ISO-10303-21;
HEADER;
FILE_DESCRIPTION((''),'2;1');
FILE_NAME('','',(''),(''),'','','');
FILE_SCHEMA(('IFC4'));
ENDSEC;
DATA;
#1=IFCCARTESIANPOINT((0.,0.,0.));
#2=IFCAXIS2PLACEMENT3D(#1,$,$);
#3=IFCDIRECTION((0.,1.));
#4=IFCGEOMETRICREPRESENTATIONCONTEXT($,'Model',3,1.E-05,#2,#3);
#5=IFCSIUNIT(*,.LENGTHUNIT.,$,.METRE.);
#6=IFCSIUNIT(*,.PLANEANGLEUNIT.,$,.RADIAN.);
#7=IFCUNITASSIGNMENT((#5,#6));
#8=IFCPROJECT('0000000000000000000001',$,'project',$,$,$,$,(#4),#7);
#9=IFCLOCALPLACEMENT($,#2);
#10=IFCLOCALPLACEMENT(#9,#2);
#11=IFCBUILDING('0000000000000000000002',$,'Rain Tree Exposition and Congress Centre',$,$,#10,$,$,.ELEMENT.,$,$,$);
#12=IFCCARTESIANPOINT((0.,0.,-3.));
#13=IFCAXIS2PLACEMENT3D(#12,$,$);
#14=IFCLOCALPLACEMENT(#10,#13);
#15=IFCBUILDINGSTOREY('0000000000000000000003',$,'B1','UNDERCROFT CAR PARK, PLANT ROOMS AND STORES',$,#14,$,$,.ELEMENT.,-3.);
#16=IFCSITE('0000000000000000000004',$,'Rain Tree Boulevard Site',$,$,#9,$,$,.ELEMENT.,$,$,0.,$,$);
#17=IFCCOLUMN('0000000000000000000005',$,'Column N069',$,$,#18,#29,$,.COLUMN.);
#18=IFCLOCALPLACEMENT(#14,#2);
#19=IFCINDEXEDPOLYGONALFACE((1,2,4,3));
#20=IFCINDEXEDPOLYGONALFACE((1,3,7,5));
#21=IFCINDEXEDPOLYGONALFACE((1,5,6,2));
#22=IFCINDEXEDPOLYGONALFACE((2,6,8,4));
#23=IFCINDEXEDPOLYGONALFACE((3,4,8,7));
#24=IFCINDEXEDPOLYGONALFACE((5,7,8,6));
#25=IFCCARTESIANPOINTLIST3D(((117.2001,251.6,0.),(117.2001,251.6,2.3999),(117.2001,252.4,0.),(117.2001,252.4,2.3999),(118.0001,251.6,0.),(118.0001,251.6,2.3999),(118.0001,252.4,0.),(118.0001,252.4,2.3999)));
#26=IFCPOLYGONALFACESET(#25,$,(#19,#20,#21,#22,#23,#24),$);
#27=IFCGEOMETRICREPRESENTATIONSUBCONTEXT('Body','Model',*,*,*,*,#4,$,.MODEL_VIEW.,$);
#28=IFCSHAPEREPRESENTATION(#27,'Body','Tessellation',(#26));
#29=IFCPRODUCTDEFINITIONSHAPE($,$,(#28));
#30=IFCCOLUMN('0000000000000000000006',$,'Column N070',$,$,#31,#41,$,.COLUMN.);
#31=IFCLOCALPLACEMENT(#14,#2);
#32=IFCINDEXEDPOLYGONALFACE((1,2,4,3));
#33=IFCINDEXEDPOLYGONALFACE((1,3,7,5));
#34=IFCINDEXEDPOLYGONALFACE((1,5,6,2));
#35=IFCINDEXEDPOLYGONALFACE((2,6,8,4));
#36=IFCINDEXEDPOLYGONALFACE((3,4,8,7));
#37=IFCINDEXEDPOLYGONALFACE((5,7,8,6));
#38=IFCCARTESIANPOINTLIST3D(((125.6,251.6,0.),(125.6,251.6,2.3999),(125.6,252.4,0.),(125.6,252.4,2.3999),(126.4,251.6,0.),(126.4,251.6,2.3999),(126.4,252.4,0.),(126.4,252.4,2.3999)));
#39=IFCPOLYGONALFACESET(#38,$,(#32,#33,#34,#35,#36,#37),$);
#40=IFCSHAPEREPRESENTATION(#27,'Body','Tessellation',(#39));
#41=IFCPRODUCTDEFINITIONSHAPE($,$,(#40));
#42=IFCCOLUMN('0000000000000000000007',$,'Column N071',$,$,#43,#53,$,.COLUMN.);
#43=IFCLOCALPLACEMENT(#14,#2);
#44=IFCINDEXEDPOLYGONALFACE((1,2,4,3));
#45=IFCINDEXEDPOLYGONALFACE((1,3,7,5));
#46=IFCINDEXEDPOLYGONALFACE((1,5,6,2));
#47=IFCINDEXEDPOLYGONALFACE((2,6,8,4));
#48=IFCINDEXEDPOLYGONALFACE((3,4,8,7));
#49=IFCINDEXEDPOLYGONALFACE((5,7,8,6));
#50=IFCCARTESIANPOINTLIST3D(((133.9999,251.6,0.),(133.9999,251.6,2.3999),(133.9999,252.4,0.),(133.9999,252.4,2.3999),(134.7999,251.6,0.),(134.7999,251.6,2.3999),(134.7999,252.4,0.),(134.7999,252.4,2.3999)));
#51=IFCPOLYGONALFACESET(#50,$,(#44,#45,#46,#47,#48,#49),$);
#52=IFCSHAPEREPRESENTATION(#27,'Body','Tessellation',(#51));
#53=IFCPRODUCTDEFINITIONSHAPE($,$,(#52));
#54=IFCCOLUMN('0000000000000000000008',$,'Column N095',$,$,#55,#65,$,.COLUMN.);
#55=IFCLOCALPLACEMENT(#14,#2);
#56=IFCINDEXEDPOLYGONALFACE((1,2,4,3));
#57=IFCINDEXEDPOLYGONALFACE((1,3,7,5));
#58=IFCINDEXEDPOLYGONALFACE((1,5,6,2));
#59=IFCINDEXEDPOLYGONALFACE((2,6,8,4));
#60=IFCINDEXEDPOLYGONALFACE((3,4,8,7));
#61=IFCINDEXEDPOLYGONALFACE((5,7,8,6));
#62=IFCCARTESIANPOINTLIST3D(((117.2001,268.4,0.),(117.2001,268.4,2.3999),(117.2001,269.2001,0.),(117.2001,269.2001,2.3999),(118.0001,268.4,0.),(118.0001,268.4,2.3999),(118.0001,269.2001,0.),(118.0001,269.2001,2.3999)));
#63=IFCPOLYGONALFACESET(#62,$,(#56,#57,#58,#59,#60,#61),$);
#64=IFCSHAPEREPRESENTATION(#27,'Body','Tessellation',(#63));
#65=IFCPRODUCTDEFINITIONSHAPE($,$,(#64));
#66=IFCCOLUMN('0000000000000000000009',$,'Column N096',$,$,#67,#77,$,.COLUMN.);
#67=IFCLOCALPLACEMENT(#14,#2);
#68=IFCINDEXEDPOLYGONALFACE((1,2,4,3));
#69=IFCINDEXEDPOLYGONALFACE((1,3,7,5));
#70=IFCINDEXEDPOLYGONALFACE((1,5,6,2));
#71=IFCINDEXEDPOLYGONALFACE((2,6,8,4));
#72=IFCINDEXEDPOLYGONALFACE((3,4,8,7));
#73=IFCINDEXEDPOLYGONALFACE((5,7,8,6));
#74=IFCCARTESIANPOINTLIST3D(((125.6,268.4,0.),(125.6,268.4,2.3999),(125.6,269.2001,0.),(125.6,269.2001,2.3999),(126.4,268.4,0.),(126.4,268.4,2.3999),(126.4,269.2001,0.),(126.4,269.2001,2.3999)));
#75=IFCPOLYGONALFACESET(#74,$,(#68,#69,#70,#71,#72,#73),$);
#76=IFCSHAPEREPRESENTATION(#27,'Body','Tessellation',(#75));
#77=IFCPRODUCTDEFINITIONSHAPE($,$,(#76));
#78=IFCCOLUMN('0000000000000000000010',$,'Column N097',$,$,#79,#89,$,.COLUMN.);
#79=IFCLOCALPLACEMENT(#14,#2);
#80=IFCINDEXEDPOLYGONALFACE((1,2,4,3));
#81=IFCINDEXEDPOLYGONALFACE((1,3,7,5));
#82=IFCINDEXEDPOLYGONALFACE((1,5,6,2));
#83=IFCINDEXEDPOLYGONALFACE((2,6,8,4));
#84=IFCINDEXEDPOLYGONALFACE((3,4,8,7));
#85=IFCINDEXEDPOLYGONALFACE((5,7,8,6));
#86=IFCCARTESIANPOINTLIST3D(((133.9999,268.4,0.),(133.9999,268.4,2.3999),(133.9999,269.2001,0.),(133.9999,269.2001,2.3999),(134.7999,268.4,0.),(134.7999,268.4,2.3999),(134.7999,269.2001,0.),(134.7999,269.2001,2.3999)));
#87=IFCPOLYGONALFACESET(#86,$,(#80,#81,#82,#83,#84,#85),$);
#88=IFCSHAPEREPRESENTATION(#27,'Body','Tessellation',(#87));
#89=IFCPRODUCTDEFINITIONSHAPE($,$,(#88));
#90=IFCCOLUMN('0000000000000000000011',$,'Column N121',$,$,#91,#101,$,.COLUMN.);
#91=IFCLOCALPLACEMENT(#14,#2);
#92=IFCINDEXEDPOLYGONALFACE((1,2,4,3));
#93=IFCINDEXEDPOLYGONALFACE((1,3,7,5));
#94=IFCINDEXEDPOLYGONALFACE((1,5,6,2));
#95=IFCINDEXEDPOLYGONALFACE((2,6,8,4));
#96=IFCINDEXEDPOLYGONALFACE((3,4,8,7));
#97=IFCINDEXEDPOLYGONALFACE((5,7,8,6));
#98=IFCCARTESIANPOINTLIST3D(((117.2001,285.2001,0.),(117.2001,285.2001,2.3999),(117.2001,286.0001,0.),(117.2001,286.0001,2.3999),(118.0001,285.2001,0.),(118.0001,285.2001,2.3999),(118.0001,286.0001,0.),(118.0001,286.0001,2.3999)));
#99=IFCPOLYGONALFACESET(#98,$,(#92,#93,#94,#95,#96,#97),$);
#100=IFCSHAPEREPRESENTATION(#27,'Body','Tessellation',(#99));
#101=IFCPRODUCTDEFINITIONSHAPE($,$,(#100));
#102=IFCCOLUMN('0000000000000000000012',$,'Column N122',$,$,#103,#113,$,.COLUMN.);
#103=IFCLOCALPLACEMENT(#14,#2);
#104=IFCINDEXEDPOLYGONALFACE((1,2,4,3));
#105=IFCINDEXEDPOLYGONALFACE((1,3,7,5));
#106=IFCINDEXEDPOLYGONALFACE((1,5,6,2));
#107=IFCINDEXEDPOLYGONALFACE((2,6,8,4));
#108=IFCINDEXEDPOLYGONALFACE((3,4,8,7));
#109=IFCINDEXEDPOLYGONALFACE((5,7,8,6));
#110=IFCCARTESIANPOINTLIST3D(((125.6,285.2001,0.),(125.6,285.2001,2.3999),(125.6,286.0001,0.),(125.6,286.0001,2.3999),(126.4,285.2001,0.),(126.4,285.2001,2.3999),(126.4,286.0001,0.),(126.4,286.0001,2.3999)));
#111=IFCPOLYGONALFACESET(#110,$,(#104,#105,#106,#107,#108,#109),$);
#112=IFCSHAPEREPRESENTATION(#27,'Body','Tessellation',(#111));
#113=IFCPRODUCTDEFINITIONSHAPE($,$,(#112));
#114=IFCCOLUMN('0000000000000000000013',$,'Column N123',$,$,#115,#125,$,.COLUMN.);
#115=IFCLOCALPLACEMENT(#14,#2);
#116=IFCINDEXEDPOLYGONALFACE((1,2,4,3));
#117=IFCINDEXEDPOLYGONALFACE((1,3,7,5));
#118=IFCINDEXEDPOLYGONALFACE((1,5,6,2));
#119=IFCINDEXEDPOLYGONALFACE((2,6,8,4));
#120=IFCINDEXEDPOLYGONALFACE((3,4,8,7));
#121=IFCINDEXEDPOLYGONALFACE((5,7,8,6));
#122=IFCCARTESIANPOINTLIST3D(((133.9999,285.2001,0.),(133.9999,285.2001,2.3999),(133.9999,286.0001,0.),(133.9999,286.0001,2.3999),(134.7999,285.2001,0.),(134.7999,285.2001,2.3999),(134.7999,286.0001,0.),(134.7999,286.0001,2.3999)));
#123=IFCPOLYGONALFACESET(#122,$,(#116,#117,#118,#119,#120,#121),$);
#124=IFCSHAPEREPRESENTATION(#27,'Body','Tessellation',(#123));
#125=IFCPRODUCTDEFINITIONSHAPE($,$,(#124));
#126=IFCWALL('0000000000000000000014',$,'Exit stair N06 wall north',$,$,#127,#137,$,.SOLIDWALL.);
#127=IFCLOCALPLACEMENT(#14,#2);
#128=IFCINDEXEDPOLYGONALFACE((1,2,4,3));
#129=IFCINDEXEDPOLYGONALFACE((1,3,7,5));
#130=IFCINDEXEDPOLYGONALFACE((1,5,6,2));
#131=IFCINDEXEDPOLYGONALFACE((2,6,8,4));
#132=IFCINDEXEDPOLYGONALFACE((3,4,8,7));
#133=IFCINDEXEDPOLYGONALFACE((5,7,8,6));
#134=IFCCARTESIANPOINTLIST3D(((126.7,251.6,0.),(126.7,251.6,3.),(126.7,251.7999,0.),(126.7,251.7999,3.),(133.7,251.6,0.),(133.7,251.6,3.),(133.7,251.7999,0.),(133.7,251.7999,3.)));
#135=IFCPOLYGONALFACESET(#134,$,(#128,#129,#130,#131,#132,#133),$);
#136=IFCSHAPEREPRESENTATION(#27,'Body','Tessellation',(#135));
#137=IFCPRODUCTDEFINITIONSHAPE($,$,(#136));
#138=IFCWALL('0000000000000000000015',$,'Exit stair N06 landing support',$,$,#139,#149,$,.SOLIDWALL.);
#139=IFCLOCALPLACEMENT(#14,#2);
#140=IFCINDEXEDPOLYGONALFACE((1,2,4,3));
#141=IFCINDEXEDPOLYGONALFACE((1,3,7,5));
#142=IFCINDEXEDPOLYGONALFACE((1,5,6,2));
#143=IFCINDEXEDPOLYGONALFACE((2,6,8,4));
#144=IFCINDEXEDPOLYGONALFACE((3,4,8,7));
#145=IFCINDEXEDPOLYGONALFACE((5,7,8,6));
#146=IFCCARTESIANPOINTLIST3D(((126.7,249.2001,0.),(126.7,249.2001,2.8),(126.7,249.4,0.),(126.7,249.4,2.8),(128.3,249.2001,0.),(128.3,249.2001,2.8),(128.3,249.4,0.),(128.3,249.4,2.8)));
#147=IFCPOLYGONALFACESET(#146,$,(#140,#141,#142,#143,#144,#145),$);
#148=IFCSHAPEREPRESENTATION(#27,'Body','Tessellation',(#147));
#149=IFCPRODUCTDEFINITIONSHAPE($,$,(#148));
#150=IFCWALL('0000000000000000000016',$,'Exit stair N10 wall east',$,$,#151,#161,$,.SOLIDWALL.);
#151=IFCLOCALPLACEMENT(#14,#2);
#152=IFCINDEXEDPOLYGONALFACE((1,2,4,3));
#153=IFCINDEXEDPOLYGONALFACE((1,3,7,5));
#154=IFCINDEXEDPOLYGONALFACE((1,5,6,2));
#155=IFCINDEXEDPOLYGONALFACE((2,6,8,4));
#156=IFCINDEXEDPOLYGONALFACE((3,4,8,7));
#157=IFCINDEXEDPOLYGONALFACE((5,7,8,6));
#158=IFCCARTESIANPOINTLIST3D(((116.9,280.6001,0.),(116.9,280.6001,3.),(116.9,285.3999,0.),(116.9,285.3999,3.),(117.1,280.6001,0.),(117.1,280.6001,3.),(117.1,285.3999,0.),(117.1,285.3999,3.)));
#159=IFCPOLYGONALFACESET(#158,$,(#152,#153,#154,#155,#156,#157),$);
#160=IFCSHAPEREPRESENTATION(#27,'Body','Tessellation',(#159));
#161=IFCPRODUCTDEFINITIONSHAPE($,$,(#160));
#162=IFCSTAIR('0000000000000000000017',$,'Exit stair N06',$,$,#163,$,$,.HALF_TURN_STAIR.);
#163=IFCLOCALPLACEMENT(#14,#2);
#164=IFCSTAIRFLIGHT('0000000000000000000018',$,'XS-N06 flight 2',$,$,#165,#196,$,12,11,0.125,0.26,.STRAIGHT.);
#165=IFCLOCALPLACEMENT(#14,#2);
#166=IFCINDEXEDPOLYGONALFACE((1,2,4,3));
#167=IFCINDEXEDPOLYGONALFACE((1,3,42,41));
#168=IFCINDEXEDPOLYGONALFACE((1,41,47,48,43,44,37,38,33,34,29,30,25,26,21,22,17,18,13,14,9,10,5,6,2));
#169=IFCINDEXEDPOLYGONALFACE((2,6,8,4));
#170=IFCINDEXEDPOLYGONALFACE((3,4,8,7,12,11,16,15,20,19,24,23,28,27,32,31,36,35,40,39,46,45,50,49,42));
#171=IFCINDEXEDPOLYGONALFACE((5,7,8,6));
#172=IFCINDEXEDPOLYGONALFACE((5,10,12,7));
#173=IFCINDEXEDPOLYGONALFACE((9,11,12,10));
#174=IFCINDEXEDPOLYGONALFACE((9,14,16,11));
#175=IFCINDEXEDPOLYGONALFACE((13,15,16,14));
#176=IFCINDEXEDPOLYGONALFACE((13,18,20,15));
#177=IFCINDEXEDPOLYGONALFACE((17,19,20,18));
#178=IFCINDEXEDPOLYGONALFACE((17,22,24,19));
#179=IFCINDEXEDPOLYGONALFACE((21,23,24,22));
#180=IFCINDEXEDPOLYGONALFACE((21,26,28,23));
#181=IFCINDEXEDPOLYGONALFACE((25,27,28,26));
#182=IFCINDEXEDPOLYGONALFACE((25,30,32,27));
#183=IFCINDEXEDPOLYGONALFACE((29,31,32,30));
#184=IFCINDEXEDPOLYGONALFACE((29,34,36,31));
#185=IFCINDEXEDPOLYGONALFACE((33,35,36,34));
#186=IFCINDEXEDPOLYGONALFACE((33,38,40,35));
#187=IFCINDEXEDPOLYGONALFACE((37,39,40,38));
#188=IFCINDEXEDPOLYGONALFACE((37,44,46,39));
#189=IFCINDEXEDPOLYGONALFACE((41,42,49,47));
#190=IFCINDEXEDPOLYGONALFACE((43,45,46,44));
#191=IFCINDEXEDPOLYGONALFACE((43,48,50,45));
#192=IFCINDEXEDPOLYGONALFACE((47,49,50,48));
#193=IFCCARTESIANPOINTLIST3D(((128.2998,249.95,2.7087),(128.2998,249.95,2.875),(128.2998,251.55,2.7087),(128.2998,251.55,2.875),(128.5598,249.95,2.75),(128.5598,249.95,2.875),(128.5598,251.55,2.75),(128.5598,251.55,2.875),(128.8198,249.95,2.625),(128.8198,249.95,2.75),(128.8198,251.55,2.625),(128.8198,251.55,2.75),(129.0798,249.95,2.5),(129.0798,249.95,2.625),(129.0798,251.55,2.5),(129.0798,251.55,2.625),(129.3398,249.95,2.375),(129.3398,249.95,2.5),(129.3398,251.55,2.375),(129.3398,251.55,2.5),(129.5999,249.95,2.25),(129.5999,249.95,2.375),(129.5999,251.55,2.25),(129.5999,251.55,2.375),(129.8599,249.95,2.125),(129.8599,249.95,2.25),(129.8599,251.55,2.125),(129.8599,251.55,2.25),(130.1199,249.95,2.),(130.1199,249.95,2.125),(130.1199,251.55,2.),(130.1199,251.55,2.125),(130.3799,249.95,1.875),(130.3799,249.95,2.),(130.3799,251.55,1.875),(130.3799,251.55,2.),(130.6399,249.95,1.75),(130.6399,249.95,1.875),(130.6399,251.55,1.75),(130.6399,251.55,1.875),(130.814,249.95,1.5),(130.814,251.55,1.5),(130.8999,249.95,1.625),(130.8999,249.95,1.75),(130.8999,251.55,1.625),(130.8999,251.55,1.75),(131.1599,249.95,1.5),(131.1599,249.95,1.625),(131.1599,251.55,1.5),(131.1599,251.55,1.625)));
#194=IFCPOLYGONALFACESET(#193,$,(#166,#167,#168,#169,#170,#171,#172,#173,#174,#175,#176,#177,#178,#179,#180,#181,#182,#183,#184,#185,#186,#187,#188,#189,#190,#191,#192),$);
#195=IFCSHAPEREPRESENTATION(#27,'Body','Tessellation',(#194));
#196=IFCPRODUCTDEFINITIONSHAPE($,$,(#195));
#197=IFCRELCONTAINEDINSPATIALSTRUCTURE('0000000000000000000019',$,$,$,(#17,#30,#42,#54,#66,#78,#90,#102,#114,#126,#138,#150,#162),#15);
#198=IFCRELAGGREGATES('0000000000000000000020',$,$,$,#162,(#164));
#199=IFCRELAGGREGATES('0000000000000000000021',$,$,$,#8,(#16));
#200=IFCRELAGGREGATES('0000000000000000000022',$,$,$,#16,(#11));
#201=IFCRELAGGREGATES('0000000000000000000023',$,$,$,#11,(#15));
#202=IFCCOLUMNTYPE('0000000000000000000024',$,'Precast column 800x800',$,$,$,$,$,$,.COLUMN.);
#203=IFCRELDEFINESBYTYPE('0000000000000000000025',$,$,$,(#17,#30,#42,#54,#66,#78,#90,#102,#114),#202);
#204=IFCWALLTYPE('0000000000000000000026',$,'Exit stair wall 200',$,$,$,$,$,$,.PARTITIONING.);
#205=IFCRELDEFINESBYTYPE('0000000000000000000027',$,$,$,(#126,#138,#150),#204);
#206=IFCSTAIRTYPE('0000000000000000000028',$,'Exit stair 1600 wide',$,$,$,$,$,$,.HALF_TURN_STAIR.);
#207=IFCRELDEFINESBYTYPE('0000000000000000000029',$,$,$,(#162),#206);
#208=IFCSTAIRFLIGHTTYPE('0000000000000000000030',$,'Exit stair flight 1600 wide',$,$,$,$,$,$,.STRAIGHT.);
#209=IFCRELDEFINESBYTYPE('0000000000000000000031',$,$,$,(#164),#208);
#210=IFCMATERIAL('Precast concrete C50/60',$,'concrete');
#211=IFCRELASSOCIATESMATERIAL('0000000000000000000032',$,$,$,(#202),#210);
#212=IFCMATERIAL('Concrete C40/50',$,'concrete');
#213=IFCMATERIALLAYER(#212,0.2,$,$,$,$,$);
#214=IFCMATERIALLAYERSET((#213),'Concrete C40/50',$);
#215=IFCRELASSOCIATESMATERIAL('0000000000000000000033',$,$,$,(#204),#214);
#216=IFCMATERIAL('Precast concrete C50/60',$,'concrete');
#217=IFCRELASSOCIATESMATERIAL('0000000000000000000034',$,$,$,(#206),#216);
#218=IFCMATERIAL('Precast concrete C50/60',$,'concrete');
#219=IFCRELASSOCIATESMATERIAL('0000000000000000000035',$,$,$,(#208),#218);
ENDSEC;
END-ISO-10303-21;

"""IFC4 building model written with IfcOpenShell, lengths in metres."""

from ifc_helpers import new_model, si_unit, direction, frame, frame_2d, origin, origin_2d, place, context, subcontext, project, spatial, polyline, rectangle, outline, extrude, material, layer, layer_set, material_profile, profile_set, type_object, element, aggregate, save


model = new_model("IFC4")

# Units and contexts
model_context = context("Model", 3, precision=1e-05, world=origin(), true_north=direction((0.0, 1.0)))
body_context = subcontext(model_context, "Body", "Model", "MODEL_VIEW")
ifc_project = project(units=[si_unit("LENGTHUNIT", "METRE"), si_unit("PLANEANGLEUNIT", "RADIAN")], contexts=[model_context])

# Site, building, storey
site_placement = place(None, origin())
site = spatial("IfcSite", under=ifc_project, at=site_placement, Name="Rain Tree Boulevard Site", CompositionType="ELEMENT", RefElevation=0.0)
building_placement = place(site_placement, origin())
building = spatial("IfcBuilding", under=site, at=building_placement, Name="Rain Tree Exposition and Congress Centre", CompositionType="ELEMENT")
storey_placement = place(building_placement, frame((0.0, 0.0, -3.0)))
storey = spatial("IfcBuildingStorey", under=building, at=storey_placement, Name="B1", Description="UNDERCROFT CAR PARK, PLANT ROOMS AND STORES", CompositionType="ELEMENT", Elevation=-3.0)

# Columns
ifc_material_1 = material(Name="Precast concrete C50/60", Category="concrete")
ifc_material_profile_1 = material_profile(ifc_material_1, rectangle(XDim=0.8, YDim=0.8, at=origin_2d()), Name="RC 800x800")
ifc_profile_set_1 = profile_set([ifc_material_profile_1], Name="Precast concrete C50/60")
column_type = type_object("IfcColumnType", Name="Precast column 800x800", PredefinedType="COLUMN", material=ifc_profile_set_1)
for number, where, z_axis, x_axis, name in (
    (1, (117.6001, 252.0, 0.0), (0.0, 0.0, 1.0), (1.0, 0.0, 0.0), "Column N069"),
    (2, (126.0, 252.0, 0.0), (0.0, 0.0, 1.0), (1.0, 0.0, 0.0), "Column N070"),
    (3, (134.3999, 252.0, 0.0), (0.0, 0.0, 1.0), (1.0, 0.0, 0.0), "Column N071"),
    (4, (117.6001, 268.8, 0.0), (0.0, 0.0, 1.0), (1.0, 0.0, 0.0), "Column N095"),
    (5, (126.0, 268.8, 0.0), (0.0, 0.0, 1.0), (1.0, 0.0, 0.0), "Column N096"),
    (6, (134.3999, 268.8, 0.0), (0.0, 0.0, 1.0), (1.0, 0.0, 0.0), "Column N097"),
    (7, (117.6001, 285.6001, 0.0), (0.0, 0.0, 1.0), (1.0, 0.0, 0.0), "Column N121"),
    (8, (126.0, 285.6001, 0.0), (0.0, 0.0, 1.0), (1.0, 0.0, 0.0), "Column N122"),
    (9, (134.3999, 285.6001, 0.0), (0.0, 0.0, 1.0), (1.0, 0.0, 0.0), "Column N123"),
):
    element("IfcColumn", number, at=place(storey_placement, frame(where, z_axis=z_axis, x_axis=x_axis)), inside=storey, type_object=column_type, Name=name, PredefinedType="COLUMN", context=body_context, shape_type="SweptSolid", body=[
        extrude(rectangle(XDim=0.8, YDim=0.8, at=origin_2d()), origin(), (0.0, 0.0, 1.0), 2.3999),
    ])

# Walls
ifc_material_2 = material(Name="Concrete C40/50", Category="concrete")
ifc_layer = layer(ifc_material_2, 0.2)
ifc_layer_set = layer_set([ifc_layer], Name="Concrete C40/50")
wall_type = type_object("IfcWallType", Name="Exit stair wall 200", PredefinedType="PARTITIONING", material=ifc_layer_set)
wall_1_placement = place(storey_placement, frame((126.7, 251.7, 0.0), z_axis=(0.0, 0.0, 1.0), x_axis=(1.0, 0.0, 0.0)))
element("IfcWall", 10, at=wall_1_placement, inside=storey, type_object=wall_type, Name="Exit stair N06 wall north", PredefinedType="SOLIDWALL", context=body_context, shape_type="SweptSolid", body=[
    extrude(rectangle(XDim=7.0, YDim=0.2, at=frame_2d((3.5, 0.0))), origin(), (0.0, 0.0, 1.0), 3.0),
])
wall_2_placement = place(storey_placement, frame((126.7, 249.3, 0.0), z_axis=(0.0, 0.0, 1.0), x_axis=(1.0, 0.0, 0.0)))
element("IfcWall", 11, at=wall_2_placement, inside=storey, type_object=wall_type, Name="Exit stair N06 landing support", PredefinedType="SOLIDWALL", context=body_context, shape_type="SweptSolid", body=[
    extrude(rectangle(XDim=1.6001, YDim=0.2, at=frame_2d((0.8, 0.0))), origin(), (0.0, 0.0, 1.0), 2.8),
])
wall_3_placement = place(storey_placement, frame((117.0, 280.6001, 0.0), z_axis=(0.0, 0.0, 1.0), x_axis=(0.0, 1.0, 0.0)))
element("IfcWall", 12, at=wall_3_placement, inside=storey, type_object=wall_type, Name="Exit stair N10 wall east", PredefinedType="SOLIDWALL", context=body_context, shape_type="SweptSolid", body=[
    extrude(rectangle(XDim=4.7998, YDim=0.2, at=frame_2d((2.3999, 0.0))), origin(), (0.0, 0.0, 1.0), 3.0),
])

# Stair, stair flight
ifc_material_3 = material(Name="Precast concrete C50/60", Category="concrete")
stair_type = type_object("IfcStairType", Name="Exit stair 1600 wide", PredefinedType="HALF_TURN_STAIR", material=ifc_material_3)
stair_1_placement = place(storey_placement, origin())
stair_1 = element("IfcStair", 13, at=stair_1_placement, inside=storey, type_object=stair_type, Name="Exit stair N06", PredefinedType="HALF_TURN_STAIR")
ifc_material_4 = material(Name="Precast concrete C50/60", Category="concrete")
stair_flight_type = type_object("IfcStairFlightType", Name="Exit stair flight 1600 wide", PredefinedType="STRAIGHT", material=ifc_material_4)
stair_flight_1_placement = place(storey_placement, frame((131.1599, 250.75, 1.5), z_axis=(0.0, 0.0, 1.0), x_axis=(-1.0, 0.0, 0.0)))
stair_flight_1 = element("IfcStairFlight", 14, at=stair_flight_1_placement, type_object=stair_flight_type, Name="XS-N06 flight 2", NumberOfRisers=12, NumberOfTreads=11, PredefinedType="STRAIGHT", RiserHeight=0.125, TreadLength=0.26, context=body_context, shape_type="SweptSolid", body=[
    extrude(outline(polyline([(0.0, 0.0), (0.0, 0.125), (0.26, 0.125), (0.26, 0.25), (0.52, 0.25), (0.52, 0.375), (0.78, 0.375), (0.78, 0.5), (1.04, 0.5), (1.04, 0.625), (1.3, 0.625), (1.3, 0.75), (1.5601, 0.75), (1.5601, 0.875), (1.8201, 0.875), (1.8201, 1.0), (2.0801, 1.0), (2.0801, 1.125), (2.3401, 1.125), (2.3401, 1.25), (2.6001, 1.25), (2.6001, 1.375), (2.8601, 1.375), (2.8601, 1.5), (2.8601, 1.2087), (0.3459, 0.0), (0.0, 0.0)])), frame((0.0, 0.8, 0.0), z_axis=(0.0, -1.0, 0.0), x_axis=(1.0, 0.0, 0.0)), (0.0, 0.0, 1.0), 1.6001),
])
aggregate(stair_1, [stair_flight_1])

save(model, "model.ifc")
